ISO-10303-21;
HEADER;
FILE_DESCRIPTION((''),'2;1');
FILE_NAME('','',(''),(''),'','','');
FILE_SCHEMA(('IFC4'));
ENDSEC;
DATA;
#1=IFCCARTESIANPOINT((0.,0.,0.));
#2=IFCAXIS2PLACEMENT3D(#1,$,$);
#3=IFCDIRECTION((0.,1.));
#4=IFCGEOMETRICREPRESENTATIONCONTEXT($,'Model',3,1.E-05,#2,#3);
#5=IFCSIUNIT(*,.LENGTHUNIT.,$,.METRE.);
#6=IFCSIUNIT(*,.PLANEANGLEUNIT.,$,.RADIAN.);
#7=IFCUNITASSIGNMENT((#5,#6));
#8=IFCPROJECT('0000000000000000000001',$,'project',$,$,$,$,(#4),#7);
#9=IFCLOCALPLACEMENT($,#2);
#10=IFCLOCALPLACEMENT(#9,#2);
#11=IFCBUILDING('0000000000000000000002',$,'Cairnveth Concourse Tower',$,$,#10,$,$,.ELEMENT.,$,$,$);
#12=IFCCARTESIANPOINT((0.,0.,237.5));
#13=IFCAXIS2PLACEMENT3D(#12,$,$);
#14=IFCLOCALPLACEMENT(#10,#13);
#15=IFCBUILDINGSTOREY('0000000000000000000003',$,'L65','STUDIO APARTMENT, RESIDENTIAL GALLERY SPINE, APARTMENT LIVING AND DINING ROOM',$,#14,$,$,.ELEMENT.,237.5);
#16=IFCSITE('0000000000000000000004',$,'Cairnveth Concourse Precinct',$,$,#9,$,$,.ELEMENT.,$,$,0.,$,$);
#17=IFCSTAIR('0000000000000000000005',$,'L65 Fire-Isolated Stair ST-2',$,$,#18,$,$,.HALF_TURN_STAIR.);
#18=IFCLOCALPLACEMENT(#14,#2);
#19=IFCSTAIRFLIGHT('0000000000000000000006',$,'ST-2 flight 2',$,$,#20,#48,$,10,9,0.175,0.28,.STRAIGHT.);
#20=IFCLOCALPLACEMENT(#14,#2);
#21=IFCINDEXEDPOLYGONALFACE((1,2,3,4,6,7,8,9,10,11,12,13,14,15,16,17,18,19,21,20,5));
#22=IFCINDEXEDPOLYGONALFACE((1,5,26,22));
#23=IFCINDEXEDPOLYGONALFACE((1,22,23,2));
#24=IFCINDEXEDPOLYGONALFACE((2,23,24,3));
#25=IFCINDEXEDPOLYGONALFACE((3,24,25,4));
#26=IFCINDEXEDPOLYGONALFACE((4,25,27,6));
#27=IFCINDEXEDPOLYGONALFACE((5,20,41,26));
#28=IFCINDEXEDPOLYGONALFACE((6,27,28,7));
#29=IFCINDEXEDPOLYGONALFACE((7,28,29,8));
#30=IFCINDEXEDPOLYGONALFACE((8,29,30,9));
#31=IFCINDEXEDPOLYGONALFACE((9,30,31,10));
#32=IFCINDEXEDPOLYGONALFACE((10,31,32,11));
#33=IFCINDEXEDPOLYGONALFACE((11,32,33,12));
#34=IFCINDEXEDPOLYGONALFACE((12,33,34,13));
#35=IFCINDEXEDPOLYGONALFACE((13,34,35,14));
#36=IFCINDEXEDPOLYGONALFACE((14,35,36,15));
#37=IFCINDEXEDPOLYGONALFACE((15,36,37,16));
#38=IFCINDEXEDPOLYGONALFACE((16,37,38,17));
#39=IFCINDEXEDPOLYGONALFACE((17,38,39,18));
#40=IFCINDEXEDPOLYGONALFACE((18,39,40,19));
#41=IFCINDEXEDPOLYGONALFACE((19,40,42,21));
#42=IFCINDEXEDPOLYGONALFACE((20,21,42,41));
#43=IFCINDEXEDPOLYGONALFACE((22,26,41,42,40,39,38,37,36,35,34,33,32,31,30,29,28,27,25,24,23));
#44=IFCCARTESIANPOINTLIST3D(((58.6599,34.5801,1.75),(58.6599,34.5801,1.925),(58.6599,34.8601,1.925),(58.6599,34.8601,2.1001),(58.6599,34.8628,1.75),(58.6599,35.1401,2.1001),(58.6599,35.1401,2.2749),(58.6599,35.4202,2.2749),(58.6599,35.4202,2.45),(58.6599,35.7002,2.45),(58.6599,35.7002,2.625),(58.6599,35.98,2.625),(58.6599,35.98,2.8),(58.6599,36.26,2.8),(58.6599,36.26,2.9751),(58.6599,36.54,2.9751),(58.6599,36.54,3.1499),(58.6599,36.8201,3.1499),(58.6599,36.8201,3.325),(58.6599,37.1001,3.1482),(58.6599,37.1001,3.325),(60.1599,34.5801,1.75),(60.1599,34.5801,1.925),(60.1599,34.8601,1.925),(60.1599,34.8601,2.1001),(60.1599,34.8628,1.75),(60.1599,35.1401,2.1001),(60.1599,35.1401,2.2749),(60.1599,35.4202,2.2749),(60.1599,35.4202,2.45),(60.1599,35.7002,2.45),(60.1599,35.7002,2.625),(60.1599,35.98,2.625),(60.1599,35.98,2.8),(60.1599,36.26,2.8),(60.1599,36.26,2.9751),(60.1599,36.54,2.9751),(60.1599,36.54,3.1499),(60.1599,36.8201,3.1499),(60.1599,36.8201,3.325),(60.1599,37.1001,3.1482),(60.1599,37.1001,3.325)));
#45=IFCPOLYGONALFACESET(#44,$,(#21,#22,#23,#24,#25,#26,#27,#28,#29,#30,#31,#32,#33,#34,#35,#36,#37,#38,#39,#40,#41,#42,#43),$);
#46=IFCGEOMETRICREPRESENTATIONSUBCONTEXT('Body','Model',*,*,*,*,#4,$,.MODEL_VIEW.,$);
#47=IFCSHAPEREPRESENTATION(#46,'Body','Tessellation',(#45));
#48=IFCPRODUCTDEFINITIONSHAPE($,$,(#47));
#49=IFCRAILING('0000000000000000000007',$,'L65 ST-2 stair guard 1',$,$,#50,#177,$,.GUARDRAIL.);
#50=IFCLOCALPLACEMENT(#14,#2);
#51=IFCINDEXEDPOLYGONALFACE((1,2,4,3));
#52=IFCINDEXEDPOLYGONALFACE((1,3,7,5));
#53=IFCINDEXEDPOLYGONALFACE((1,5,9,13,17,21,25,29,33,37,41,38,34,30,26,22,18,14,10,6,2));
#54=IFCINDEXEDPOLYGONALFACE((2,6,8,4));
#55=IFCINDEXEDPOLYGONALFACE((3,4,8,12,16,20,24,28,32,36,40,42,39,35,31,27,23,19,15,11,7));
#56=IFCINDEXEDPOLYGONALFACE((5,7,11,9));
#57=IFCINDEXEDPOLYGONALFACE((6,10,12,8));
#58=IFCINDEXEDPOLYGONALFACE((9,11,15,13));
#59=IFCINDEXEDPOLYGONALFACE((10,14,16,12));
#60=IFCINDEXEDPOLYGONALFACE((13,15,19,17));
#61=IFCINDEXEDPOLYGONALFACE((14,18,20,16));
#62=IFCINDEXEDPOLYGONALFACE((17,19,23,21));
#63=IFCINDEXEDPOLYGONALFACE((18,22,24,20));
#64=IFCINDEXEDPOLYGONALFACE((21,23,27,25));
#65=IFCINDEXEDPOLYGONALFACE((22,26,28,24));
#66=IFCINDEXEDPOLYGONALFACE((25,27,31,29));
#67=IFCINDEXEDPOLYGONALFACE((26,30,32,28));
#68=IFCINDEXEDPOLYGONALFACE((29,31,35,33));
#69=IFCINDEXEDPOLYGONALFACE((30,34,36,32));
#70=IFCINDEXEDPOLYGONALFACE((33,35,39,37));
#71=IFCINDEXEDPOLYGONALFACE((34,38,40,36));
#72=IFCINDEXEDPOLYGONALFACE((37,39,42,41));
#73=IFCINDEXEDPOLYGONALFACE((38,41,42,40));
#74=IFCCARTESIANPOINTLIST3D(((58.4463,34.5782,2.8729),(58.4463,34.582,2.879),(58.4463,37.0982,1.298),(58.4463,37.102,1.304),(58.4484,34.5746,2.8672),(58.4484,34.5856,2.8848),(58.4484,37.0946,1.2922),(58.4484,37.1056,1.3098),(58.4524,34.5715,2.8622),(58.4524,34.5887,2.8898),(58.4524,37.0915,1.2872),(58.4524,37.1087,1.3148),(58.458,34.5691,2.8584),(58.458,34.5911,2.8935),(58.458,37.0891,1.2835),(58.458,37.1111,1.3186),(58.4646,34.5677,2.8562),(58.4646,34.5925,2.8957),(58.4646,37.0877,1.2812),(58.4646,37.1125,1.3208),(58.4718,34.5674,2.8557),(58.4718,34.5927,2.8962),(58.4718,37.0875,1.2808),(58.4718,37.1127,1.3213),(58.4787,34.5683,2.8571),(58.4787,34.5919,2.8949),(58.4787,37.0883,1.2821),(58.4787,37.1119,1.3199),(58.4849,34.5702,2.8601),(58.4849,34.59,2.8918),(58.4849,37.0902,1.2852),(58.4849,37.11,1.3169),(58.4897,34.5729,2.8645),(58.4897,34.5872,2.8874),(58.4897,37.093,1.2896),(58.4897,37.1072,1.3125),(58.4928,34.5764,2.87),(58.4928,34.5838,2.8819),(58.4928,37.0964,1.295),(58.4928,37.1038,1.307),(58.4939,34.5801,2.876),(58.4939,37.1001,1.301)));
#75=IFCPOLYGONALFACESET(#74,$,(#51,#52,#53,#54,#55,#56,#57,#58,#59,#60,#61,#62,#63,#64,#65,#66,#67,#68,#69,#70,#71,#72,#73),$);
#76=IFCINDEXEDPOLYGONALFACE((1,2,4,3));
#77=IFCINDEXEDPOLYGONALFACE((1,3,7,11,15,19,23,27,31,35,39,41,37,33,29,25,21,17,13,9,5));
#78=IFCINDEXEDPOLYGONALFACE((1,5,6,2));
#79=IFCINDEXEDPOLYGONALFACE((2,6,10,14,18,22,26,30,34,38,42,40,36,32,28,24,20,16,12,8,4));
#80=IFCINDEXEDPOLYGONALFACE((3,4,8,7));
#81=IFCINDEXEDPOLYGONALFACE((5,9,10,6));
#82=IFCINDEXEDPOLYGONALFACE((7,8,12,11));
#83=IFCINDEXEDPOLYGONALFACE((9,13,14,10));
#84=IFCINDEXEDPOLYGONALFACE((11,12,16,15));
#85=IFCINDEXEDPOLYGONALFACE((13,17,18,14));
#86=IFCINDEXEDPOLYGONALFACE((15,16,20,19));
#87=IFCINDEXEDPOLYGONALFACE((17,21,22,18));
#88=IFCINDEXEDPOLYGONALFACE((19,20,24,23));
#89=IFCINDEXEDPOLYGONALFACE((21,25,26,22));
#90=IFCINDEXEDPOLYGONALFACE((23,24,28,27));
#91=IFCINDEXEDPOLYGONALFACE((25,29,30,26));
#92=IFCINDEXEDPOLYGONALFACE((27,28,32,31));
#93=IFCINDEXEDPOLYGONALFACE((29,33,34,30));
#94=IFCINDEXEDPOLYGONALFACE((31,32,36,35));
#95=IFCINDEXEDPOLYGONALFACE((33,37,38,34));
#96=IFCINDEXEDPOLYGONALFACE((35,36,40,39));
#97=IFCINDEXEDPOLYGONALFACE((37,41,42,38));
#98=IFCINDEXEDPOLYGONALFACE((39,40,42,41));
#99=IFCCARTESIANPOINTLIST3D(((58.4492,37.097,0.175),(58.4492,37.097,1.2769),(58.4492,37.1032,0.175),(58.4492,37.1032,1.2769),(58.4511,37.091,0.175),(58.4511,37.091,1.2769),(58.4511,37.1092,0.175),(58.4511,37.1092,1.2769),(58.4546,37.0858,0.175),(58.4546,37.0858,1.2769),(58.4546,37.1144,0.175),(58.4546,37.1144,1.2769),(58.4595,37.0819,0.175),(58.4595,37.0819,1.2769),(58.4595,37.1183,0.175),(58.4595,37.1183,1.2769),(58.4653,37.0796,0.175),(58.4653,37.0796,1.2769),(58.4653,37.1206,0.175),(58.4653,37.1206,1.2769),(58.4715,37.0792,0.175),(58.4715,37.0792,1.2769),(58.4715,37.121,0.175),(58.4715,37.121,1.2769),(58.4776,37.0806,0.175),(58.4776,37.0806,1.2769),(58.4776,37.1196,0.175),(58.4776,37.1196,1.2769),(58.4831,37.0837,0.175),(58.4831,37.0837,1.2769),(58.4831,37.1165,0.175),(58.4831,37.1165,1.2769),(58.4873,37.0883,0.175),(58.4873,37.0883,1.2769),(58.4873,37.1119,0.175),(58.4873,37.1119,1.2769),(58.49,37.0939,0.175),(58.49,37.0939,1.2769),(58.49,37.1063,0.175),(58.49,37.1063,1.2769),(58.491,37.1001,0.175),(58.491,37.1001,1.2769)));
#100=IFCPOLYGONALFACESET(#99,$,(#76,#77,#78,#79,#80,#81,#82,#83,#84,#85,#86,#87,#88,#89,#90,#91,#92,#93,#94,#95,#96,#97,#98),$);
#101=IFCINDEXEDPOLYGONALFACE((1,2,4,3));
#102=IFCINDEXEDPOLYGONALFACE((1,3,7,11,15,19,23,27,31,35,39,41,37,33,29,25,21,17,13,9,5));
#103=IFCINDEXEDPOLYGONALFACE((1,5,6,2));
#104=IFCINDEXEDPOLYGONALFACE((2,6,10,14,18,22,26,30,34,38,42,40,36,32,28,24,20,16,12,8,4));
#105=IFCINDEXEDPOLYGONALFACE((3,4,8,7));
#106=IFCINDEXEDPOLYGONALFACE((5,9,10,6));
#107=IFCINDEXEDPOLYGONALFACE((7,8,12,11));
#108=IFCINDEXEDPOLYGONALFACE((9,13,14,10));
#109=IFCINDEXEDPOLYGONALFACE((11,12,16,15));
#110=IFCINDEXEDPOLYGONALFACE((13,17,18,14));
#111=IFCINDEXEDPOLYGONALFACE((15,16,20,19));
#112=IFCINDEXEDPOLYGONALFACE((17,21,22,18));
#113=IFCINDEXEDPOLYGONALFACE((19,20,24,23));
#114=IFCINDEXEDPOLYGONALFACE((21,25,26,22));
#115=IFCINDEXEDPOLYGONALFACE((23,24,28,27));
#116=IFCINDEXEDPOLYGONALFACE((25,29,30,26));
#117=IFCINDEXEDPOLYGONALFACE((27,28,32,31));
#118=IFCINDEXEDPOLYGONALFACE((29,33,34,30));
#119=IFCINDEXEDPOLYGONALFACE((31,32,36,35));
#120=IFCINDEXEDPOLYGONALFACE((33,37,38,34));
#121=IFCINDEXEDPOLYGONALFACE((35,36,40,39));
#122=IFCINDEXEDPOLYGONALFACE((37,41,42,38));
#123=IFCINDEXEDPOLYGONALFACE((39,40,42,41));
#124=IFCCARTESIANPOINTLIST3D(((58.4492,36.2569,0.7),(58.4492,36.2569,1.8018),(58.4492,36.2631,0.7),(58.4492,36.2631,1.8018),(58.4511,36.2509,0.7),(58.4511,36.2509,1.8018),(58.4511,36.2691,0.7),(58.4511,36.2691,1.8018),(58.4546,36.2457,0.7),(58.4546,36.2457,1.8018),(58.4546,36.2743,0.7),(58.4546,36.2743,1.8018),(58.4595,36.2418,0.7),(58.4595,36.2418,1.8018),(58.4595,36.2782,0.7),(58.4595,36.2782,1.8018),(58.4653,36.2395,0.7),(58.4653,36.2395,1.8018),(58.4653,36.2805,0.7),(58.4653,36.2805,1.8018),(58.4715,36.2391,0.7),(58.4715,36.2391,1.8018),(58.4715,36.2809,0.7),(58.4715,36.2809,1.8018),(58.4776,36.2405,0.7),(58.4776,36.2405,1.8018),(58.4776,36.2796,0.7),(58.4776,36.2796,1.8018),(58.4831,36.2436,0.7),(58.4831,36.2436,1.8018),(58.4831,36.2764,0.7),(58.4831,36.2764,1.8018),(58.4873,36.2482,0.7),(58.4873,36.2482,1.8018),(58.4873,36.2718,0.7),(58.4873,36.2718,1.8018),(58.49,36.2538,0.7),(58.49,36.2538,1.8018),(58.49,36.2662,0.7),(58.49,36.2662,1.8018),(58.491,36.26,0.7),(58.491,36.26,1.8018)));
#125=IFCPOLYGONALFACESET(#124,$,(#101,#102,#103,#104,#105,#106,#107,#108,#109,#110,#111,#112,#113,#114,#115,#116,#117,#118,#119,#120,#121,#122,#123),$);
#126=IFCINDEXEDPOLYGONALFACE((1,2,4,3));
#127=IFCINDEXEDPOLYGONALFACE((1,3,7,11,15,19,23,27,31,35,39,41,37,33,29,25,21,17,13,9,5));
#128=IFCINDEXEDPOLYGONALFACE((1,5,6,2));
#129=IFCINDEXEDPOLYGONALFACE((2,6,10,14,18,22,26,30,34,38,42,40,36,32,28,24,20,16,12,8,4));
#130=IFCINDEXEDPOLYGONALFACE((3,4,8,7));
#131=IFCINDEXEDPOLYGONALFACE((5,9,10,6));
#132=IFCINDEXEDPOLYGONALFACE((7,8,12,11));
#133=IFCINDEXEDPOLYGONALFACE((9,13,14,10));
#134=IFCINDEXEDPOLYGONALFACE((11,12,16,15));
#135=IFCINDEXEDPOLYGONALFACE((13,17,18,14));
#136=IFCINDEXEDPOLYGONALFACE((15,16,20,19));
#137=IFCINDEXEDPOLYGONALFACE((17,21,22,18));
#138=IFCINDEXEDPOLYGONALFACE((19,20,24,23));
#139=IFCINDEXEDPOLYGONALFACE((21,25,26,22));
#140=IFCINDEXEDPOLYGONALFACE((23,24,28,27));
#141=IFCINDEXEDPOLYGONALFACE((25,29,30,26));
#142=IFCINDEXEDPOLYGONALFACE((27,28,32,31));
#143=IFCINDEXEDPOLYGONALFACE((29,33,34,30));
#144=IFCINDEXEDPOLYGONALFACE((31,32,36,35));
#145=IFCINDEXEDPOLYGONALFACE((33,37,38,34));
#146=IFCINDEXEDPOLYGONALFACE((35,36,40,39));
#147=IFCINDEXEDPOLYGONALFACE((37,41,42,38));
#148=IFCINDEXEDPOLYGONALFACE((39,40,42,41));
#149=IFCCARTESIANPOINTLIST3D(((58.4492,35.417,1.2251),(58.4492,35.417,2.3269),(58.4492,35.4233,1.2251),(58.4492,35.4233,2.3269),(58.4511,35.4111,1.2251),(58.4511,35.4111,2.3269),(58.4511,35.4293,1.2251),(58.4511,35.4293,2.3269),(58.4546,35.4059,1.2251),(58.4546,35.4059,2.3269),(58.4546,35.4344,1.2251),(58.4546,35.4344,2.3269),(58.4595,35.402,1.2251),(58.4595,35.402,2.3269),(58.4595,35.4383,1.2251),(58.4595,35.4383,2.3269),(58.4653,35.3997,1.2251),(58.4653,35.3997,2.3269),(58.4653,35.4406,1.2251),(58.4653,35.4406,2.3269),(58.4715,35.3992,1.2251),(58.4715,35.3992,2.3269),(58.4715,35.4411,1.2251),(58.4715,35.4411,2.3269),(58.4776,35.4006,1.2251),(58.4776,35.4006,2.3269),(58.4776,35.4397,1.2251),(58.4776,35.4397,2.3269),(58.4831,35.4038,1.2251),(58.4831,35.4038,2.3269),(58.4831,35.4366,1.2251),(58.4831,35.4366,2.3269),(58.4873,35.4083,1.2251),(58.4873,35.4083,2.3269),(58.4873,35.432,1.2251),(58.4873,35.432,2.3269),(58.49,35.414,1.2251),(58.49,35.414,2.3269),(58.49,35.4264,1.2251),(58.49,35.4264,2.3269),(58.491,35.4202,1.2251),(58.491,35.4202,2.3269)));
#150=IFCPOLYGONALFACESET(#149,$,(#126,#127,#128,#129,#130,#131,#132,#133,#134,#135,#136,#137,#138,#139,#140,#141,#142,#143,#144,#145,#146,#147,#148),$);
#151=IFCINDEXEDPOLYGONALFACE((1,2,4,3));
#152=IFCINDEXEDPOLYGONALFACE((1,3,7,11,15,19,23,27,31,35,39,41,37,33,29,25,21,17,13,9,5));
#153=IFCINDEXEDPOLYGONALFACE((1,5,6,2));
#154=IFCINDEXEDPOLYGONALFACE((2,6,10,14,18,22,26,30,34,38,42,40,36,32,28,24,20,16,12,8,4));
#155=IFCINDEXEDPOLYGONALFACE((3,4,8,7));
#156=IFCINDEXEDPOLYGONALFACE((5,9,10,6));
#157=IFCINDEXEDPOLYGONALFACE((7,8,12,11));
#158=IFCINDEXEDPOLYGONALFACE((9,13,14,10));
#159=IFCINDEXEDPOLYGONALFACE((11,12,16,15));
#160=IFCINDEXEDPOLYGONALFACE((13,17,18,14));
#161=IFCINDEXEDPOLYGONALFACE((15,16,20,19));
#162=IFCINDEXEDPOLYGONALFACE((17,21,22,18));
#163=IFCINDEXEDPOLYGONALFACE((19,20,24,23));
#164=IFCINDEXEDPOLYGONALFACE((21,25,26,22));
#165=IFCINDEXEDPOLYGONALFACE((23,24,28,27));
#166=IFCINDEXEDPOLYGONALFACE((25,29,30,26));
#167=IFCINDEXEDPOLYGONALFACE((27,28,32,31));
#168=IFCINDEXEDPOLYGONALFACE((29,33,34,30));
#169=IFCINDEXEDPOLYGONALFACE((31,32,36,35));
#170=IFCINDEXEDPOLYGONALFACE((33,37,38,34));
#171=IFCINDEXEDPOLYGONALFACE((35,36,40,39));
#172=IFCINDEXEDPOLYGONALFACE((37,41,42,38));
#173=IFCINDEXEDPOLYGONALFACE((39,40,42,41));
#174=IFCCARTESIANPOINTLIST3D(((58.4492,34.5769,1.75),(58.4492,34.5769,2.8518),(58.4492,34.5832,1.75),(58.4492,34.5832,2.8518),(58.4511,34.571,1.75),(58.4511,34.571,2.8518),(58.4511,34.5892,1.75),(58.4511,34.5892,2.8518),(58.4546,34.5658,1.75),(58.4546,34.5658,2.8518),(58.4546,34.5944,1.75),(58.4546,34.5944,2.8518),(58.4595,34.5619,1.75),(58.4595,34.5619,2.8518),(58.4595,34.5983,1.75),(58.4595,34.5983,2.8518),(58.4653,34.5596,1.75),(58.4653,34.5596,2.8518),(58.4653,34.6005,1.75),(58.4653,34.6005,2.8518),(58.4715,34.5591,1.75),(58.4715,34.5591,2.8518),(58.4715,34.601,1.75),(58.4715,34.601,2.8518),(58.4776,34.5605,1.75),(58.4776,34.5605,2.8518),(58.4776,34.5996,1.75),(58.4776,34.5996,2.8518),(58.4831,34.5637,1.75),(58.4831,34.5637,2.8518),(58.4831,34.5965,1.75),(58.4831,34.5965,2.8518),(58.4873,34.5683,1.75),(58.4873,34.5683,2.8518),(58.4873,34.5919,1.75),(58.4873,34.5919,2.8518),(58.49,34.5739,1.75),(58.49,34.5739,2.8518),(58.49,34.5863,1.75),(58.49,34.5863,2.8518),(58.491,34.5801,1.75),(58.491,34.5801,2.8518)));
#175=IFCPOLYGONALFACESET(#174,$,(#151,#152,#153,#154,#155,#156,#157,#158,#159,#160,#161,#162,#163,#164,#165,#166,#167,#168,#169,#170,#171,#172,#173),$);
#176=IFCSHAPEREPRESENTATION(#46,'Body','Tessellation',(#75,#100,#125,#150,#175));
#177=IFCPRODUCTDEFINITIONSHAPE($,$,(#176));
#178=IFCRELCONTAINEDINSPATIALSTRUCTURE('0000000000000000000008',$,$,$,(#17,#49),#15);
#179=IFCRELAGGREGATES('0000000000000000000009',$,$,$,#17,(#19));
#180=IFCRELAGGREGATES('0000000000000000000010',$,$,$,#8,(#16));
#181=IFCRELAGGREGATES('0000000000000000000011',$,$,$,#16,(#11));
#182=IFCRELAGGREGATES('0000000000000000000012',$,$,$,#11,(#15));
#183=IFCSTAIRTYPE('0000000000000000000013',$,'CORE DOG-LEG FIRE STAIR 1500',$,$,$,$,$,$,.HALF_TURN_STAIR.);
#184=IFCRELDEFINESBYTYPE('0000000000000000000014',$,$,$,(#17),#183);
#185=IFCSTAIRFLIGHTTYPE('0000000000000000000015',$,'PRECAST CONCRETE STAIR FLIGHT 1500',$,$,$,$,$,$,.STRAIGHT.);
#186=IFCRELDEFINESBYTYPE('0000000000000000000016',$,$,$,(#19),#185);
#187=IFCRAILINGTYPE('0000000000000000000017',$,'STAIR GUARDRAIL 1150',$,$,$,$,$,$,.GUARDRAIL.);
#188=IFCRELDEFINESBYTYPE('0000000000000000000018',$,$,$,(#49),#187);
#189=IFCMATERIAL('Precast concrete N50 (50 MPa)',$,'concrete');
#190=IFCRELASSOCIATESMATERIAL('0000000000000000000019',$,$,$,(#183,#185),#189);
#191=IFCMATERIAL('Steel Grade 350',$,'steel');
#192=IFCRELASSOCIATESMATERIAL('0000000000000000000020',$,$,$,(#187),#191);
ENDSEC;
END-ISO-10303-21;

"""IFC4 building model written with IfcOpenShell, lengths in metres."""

from ifc_helpers import new_model, si_unit, direction, frame, origin, origin_2d, place, context, subcontext, project, spatial, polyline, circle, outline, extrude, material, type_object, element, aggregate, save


model = new_model("IFC4")

# Units and contexts
model_context = context("Model", 3, precision=1e-05, world=origin(), true_north=direction((0.0, 1.0)))
body_context = subcontext(model_context, "Body", "Model", "MODEL_VIEW")
ifc_project = project(units=[si_unit("LENGTHUNIT", "METRE"), si_unit("PLANEANGLEUNIT", "RADIAN")], contexts=[model_context])

# Site, building, storey
site_placement = place(None, origin())
site = spatial("IfcSite", under=ifc_project, at=site_placement, Name="Cairnveth Concourse Precinct", CompositionType="ELEMENT", RefElevation=0.0)
building_placement = place(site_placement, origin())
building = spatial("IfcBuilding", under=site, at=building_placement, Name="Cairnveth Concourse Tower", CompositionType="ELEMENT")
storey_placement = place(building_placement, frame((0.0, 0.0, 237.5)))
storey = spatial("IfcBuildingStorey", under=building, at=storey_placement, Name="L65", Description="STUDIO APARTMENT, RESIDENTIAL GALLERY SPINE, APARTMENT LIVING AND DINING ROOM", CompositionType="ELEMENT", Elevation=237.5)

# Shared definitions
ifc_material_1 = material(Name="Steel Grade 350", Category="steel")

# Stair, stair flight
ifc_material_2 = material(Name="Precast concrete N50 (50 MPa)", Category="concrete")
stair_type = type_object("IfcStairType", Name="CORE DOG-LEG FIRE STAIR 1500", PredefinedType="HALF_TURN_STAIR", material=ifc_material_2)
stair_placement = place(storey_placement, origin())
stair = element("IfcStair", 1, at=stair_placement, inside=storey, type_object=stair_type, Name="L65 Fire-Isolated Stair ST-2", PredefinedType="HALF_TURN_STAIR")
stair_flight_type = type_object("IfcStairFlightType", Name="PRECAST CONCRETE STAIR FLIGHT 1500", PredefinedType="STRAIGHT", material=ifc_material_2)
stair_flight_1_placement = place(storey_placement, frame((59.4099, 34.5801, 1.75), z_axis=(0.0, 0.0, 1.0), x_axis=(0.0, 1.0, 0.0)))
stair_flight_1 = element("IfcStairFlight", 2, at=stair_flight_1_placement, type_object=stair_flight_type, Name="ST-2 flight 2", NumberOfRisers=10, NumberOfTreads=9, PredefinedType="STRAIGHT", RiserHeight=0.175, TreadLength=0.28, context=body_context, shape_type="SweptSolid", body=[
    extrude(outline(polyline([(0.0, 0.0), (0.0, 0.175), (0.28, 0.175), (0.28, 0.3501), (0.5601, 0.3501), (0.5601, 0.5249), (0.8401, 0.5249), (0.8401, 0.7), (1.1201, 0.7), (1.1201, 0.875), (1.3999, 0.875), (1.3999, 1.05), (1.6799, 1.05), (1.6799, 1.2251), (1.96, 1.2251), (1.96, 1.3999), (2.24, 1.3999), (2.24, 1.575), (2.52, 1.575), (2.52, 1.75), (2.52, 1.3982), (0.2827, 0.0), (0.0, 0.0)])), frame((0.0, 0.75, 0.0), z_axis=(0.0, -1.0, 0.0), x_axis=(1.0, 0.0, 0.0)), (0.0, 0.0, 1.0), 1.5),
])
aggregate(stair, [stair_flight_1])

# Railing
railing_type_1 = type_object("IfcRailingType", Name="STAIR GUARDRAIL 1150", PredefinedType="GUARDRAIL", material=ifc_material_1)
railing_1_placement = place(storey_placement, frame((58.47, 37.1001, 0.175)))
element("IfcRailing", 3, at=railing_1_placement, inside=storey, type_object=railing_type_1, Name="L65 ST-2 stair guard 1", PredefinedType="GUARDRAIL", context=body_context, shape_type="SweptSolid", body=[
    extrude(circle(Radius=0.0239, at=origin_2d()), frame((0.0, 0.0, 1.126), z_axis=(0.0, -0.848008, 0.529984), x_axis=(1.0, 0.0, 0.0)), (0.0, 0.0, 1.0), 2.9717),
    extrude(circle(Radius=0.021, at=origin_2d()), origin(), (0.0, 0.0, 1.0), 1.1018),
    extrude(circle(Radius=0.021, at=origin_2d()), frame((0.0, -0.8401, 0.5249)), (0.0, 0.0, 1.0), 1.1018),
    extrude(circle(Radius=0.021, at=origin_2d()), frame((0.0, -1.6799, 1.05)), (0.0, 0.0, 1.0), 1.1018),
    extrude(circle(Radius=0.021, at=origin_2d()), frame((0.0, -2.52, 1.575)), (0.0, 0.0, 1.0), 1.1018),
])

save(model, "model.ifc")
